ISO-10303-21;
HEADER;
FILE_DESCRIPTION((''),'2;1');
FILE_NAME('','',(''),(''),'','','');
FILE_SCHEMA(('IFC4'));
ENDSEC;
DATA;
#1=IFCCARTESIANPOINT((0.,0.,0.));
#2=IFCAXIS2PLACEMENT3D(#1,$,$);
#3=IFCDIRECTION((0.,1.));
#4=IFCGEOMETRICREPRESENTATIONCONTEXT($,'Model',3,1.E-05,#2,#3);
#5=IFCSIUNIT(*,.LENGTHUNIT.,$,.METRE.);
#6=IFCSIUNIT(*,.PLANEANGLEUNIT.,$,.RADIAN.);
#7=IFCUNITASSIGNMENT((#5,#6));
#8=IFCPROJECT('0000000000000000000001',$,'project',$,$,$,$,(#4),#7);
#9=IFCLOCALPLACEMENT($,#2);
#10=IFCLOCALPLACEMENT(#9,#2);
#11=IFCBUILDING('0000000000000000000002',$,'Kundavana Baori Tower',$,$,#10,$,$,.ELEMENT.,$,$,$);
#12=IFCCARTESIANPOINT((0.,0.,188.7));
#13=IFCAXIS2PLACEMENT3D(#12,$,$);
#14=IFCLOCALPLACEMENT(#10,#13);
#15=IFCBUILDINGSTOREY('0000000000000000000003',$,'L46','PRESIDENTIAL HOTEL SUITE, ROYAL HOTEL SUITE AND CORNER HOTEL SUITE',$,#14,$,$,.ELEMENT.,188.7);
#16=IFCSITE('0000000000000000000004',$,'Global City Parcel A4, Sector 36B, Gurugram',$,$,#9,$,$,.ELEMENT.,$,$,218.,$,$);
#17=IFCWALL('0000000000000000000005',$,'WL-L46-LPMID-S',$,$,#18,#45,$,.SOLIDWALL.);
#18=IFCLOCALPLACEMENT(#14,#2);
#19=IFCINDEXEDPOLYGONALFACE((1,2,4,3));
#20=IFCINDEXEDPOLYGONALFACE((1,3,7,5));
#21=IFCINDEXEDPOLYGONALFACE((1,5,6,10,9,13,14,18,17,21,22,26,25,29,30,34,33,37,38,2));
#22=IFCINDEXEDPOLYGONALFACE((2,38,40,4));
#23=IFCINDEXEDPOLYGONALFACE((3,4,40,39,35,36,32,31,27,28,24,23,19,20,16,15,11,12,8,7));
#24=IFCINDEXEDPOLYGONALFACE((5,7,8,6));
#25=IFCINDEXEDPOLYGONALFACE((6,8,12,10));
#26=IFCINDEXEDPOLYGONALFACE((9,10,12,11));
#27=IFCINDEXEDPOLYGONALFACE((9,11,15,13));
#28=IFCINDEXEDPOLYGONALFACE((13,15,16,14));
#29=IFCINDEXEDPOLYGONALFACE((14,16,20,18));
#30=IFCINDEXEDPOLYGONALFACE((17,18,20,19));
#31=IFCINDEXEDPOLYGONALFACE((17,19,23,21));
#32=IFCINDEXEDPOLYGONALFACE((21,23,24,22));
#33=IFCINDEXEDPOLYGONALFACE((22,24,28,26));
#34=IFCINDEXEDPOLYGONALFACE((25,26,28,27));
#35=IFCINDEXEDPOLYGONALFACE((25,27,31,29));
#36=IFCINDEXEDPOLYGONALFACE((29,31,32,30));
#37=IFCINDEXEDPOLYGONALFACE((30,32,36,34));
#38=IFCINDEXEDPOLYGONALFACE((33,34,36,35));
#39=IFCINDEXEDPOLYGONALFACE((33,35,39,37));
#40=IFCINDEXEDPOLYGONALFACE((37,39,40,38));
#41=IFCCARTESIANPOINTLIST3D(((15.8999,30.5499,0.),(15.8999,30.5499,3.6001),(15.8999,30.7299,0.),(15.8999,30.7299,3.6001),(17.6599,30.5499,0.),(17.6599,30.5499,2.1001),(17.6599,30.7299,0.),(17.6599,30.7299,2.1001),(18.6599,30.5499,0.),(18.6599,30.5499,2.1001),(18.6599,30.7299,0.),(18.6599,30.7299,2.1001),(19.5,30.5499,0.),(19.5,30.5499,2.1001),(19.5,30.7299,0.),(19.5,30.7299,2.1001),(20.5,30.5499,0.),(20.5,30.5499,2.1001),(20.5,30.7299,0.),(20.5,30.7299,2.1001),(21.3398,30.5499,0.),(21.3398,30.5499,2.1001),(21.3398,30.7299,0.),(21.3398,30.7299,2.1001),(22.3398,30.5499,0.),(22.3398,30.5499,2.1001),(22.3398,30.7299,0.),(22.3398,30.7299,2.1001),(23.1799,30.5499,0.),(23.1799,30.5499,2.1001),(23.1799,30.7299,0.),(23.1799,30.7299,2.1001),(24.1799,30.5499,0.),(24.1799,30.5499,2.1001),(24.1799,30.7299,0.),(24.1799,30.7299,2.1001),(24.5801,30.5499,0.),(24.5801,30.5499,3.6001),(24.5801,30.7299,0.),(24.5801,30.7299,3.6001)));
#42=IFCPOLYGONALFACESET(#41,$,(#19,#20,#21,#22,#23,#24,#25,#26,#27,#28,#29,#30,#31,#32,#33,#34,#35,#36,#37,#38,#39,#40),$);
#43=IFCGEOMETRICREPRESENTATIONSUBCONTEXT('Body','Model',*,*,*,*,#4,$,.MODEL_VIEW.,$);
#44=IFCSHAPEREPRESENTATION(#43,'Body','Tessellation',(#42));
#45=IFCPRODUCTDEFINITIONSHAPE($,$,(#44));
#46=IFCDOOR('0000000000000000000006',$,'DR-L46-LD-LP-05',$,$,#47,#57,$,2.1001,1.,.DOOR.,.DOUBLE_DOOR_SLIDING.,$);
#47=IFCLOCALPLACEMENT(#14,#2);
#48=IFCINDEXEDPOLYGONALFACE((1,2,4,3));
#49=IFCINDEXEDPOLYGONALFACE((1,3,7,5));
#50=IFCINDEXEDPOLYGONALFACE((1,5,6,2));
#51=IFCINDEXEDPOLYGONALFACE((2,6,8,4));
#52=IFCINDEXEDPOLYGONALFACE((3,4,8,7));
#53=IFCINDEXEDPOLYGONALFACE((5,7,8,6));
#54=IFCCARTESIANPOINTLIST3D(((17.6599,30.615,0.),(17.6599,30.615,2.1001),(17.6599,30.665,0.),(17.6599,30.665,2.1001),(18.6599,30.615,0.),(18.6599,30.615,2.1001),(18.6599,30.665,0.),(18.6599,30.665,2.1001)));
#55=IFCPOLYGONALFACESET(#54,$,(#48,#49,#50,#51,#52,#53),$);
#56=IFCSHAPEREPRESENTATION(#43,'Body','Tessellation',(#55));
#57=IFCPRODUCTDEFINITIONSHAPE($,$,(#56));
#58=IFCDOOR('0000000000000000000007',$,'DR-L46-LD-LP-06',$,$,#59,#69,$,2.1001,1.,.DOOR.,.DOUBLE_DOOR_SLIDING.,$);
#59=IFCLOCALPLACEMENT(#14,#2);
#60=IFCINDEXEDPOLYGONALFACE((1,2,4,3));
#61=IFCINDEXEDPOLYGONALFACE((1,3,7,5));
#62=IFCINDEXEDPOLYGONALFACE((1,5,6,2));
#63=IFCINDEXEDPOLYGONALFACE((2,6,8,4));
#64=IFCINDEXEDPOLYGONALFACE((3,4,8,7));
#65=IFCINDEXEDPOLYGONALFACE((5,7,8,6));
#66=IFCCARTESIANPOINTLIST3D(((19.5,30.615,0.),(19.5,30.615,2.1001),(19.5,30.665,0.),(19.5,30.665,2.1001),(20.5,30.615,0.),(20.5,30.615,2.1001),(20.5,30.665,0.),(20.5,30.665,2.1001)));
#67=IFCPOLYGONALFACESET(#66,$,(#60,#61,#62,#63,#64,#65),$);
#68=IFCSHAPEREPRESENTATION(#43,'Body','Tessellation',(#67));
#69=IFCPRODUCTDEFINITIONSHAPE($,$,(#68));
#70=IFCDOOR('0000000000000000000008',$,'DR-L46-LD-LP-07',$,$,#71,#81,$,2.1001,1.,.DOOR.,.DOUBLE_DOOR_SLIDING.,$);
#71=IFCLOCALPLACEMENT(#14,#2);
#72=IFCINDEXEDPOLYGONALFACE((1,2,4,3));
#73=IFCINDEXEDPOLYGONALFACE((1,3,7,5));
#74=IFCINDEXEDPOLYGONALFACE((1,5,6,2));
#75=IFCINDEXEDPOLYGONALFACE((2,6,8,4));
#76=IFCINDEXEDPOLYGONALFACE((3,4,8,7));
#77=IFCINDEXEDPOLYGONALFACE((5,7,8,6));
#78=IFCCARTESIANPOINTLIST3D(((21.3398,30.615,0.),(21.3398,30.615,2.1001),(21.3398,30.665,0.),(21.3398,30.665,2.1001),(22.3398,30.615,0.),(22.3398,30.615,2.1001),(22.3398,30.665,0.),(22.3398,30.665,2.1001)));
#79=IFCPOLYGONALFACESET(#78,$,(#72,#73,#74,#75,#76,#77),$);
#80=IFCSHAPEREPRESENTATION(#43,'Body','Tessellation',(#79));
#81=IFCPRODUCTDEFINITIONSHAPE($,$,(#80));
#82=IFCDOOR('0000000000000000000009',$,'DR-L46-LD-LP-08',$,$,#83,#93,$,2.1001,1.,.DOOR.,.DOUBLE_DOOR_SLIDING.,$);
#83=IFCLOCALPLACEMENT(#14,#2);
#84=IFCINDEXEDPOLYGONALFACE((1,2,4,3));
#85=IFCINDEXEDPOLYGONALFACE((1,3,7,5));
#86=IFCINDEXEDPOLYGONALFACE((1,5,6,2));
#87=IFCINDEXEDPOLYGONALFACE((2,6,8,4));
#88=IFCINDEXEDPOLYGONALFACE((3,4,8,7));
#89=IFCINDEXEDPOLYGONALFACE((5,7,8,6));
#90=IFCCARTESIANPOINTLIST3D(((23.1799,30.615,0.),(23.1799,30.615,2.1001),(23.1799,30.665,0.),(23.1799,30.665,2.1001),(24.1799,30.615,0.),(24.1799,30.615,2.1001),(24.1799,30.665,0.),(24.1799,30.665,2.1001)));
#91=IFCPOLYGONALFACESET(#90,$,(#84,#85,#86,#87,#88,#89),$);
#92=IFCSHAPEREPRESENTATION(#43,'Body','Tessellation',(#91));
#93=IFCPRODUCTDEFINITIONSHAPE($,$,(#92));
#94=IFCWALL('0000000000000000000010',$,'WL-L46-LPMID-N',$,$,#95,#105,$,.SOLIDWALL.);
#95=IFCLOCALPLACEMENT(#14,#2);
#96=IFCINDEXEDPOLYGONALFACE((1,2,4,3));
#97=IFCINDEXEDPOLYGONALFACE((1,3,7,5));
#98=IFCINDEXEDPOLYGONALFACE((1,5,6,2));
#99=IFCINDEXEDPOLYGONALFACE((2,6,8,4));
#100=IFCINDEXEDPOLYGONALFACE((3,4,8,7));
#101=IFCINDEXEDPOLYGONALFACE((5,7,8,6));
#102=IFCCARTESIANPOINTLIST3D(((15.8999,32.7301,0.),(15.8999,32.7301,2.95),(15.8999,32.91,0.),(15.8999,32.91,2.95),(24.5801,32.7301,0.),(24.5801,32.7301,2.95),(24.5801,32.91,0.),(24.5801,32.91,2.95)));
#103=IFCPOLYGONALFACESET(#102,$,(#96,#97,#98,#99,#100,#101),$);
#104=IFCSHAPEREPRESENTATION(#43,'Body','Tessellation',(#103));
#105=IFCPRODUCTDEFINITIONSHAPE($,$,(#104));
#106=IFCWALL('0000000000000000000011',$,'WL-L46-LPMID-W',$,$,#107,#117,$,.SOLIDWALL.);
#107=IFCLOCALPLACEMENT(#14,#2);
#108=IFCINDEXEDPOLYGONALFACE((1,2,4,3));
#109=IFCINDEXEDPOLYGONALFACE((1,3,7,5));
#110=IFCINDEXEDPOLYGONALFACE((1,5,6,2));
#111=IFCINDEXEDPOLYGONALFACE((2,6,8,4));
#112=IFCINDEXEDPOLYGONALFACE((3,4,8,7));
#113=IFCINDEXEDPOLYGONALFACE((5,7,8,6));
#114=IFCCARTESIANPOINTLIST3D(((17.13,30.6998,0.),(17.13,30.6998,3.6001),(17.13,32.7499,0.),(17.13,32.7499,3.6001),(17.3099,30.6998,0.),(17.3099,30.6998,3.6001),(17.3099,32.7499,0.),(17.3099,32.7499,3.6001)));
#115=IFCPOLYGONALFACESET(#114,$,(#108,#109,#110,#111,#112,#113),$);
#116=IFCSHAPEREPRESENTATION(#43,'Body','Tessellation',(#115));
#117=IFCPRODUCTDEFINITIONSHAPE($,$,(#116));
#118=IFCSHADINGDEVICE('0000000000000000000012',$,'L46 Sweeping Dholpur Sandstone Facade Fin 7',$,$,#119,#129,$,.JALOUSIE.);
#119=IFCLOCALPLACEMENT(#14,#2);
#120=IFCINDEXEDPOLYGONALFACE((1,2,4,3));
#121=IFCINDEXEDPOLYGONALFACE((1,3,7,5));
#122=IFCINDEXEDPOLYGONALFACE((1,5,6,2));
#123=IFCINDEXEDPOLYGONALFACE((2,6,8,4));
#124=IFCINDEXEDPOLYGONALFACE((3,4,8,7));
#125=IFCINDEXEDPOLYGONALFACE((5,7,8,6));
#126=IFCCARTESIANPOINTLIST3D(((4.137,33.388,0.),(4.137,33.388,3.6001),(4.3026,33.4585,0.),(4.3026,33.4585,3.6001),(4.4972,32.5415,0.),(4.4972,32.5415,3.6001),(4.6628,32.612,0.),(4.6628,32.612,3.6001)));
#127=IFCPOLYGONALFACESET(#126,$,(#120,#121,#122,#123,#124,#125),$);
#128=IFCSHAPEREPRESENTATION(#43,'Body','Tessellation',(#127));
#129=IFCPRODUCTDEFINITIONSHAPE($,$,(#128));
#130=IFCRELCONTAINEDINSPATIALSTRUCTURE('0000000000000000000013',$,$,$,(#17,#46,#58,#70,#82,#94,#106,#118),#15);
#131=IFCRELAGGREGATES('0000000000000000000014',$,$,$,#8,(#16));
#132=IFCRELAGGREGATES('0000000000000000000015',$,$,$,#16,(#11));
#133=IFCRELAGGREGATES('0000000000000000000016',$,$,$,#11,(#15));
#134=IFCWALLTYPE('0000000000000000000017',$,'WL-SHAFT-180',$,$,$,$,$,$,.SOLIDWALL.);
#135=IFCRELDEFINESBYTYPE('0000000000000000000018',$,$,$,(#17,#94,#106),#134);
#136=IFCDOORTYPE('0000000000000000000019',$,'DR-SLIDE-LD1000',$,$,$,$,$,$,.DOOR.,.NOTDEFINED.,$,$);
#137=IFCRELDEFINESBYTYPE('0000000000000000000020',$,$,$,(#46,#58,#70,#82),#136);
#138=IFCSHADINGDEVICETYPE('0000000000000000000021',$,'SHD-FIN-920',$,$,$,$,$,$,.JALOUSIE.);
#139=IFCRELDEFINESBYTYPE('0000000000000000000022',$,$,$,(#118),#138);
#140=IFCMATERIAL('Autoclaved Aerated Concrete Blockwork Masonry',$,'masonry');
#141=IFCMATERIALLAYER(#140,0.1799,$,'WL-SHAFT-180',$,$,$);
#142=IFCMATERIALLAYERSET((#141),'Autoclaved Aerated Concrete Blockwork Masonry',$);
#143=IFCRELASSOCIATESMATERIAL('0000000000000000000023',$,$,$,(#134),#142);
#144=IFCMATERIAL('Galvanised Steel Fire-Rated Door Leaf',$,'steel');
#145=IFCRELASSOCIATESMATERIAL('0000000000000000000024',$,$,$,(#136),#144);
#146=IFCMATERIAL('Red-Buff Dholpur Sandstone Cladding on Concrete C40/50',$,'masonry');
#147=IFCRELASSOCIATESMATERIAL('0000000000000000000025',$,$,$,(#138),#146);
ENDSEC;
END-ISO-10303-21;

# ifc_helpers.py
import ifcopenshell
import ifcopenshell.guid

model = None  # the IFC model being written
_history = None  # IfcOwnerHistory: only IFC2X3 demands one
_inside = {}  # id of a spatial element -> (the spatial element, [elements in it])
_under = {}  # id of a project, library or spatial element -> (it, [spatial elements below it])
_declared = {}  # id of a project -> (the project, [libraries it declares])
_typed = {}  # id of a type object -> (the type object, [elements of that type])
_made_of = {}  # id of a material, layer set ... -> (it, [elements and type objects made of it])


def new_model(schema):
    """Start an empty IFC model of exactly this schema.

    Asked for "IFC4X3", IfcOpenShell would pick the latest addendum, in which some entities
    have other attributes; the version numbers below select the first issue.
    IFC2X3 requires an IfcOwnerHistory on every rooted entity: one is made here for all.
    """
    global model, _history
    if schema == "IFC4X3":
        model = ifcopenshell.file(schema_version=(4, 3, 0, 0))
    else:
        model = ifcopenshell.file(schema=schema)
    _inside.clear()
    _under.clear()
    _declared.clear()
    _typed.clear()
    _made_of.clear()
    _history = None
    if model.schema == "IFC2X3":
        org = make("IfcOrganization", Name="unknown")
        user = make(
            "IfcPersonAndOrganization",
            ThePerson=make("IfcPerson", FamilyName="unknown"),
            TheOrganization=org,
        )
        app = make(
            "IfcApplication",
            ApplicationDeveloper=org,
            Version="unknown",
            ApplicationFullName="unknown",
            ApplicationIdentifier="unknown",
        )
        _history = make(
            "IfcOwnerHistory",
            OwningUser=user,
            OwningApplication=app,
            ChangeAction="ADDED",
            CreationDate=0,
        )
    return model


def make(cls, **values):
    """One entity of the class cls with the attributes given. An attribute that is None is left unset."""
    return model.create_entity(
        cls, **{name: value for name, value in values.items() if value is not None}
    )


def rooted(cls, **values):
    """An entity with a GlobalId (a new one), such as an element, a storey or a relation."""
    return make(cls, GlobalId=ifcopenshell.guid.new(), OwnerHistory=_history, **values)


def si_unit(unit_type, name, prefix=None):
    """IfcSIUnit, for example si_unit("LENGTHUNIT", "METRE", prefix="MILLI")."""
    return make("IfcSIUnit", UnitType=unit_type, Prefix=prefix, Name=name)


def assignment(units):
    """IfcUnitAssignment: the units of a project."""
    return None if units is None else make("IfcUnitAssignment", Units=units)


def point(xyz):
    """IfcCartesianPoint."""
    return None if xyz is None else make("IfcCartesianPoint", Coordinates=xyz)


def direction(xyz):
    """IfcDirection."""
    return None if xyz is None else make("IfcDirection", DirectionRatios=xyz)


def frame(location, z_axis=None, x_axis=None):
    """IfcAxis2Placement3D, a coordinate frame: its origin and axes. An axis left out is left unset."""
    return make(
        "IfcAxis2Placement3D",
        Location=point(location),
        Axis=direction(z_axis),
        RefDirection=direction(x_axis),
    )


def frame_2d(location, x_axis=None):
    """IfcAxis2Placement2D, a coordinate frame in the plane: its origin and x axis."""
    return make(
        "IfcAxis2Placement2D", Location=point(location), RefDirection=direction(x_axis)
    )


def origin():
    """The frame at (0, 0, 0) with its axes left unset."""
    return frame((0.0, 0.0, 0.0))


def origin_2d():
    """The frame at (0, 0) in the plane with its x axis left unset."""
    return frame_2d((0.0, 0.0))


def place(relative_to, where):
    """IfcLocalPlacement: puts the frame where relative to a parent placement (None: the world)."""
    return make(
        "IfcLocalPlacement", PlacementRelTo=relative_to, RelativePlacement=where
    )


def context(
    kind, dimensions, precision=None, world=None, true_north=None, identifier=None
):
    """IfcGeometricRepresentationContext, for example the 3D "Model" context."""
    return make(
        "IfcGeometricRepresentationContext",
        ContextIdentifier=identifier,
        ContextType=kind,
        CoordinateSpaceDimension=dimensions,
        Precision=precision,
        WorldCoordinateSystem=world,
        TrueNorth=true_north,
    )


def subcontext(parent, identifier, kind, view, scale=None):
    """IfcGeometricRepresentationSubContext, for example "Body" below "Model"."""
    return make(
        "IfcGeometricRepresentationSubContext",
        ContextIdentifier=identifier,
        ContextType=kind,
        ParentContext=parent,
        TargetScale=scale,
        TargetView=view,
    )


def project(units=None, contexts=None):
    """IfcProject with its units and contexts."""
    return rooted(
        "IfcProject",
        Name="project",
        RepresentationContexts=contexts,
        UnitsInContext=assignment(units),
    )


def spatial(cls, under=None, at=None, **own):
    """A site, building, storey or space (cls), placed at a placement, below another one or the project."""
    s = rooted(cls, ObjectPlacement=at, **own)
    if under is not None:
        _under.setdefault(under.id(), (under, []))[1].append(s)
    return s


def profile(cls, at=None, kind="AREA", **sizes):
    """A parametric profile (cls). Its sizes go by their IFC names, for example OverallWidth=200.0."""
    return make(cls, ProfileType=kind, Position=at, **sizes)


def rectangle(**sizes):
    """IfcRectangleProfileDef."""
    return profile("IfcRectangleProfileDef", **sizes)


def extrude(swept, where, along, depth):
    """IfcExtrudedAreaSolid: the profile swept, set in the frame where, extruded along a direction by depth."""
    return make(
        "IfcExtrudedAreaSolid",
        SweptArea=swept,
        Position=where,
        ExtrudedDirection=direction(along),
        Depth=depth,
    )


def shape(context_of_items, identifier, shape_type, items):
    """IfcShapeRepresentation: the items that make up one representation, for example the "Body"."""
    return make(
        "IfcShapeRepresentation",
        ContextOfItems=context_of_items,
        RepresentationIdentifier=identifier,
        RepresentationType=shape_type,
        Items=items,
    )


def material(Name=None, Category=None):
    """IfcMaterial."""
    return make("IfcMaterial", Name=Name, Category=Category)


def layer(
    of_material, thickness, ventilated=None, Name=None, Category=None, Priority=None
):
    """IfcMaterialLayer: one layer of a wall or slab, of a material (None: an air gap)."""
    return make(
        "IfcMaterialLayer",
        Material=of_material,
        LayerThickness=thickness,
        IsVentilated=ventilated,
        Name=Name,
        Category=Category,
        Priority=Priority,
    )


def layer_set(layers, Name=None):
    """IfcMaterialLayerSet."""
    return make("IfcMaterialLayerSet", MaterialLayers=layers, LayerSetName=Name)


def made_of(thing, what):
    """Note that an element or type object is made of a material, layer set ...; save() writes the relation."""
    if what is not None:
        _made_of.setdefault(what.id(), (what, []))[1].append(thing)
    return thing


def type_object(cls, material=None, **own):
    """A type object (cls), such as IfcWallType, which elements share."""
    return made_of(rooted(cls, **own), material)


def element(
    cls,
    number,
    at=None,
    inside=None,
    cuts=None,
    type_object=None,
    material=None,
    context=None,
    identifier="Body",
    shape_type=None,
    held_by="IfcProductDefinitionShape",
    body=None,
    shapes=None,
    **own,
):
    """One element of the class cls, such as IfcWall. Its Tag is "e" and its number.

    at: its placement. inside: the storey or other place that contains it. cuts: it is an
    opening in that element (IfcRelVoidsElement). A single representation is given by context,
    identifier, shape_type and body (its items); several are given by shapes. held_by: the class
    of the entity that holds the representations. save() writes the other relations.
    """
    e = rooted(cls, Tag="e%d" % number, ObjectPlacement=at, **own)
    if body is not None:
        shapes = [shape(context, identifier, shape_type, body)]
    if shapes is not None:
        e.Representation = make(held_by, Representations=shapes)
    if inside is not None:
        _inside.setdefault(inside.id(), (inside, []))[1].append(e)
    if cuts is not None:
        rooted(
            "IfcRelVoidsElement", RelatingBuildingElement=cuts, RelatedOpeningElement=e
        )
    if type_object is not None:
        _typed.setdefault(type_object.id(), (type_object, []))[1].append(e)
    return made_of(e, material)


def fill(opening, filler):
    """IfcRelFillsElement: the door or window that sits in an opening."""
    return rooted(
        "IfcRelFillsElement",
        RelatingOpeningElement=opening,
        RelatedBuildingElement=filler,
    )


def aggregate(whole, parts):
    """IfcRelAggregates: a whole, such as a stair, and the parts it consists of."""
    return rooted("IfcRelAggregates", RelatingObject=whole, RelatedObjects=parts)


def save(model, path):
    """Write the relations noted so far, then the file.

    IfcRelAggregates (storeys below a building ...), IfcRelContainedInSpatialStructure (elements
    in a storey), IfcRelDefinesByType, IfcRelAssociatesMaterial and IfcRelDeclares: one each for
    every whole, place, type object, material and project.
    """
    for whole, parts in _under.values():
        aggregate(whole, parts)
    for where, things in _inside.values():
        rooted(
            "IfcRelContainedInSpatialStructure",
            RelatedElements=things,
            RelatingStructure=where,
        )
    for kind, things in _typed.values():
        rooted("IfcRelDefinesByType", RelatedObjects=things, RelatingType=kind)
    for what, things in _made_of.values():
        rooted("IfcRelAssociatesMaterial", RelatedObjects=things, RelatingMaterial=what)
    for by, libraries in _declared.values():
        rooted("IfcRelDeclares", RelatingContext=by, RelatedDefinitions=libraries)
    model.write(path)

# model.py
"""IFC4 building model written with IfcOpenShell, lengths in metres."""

from ifc_helpers import new_model, si_unit, direction, frame, frame_2d, origin, origin_2d, place, context, subcontext, project, spatial, rectangle, extrude, material, layer, layer_set, type_object, element, fill, save


model = new_model("IFC4")

# Units and contexts
model_context = context("Model", 3, precision=1e-05, world=origin(), true_north=direction((0.0, 1.0)))
body_context = subcontext(model_context, "Body", "Model", "MODEL_VIEW")
ifc_project = project(units=[si_unit("LENGTHUNIT", "METRE"), si_unit("PLANEANGLEUNIT", "RADIAN")], contexts=[model_context])

# Site, building, storey
site_placement = place(None, origin())
site = spatial("IfcSite", under=ifc_project, at=site_placement, Name="Global City Parcel A4, Sector 36B, Gurugram", CompositionType="ELEMENT", RefElevation=218.0)
building_placement = place(site_placement, origin())
building = spatial("IfcBuilding", under=site, at=building_placement, Name="Kundavana Baori Tower", CompositionType="ELEMENT")
storey_placement = place(building_placement, frame((0.0, 0.0, 188.7)))
storey = spatial("IfcBuildingStorey", under=building, at=storey_placement, Name="L46", Description="PRESIDENTIAL HOTEL SUITE, ROYAL HOTEL SUITE AND CORNER HOTEL SUITE", CompositionType="ELEMENT", Elevation=188.7)

# Shared definitions
ifc_material_1 = material(Name="Autoclaved Aerated Concrete Blockwork Masonry", Category="masonry")
ifc_layer_1 = layer(ifc_material_1, 0.1799, Name="WL-SHAFT-180")
ifc_layer_set_1 = layer_set([ifc_layer_1], Name="Autoclaved Aerated Concrete Blockwork Masonry")
wall_type_1 = type_object("IfcWallType", Name="WL-SHAFT-180", PredefinedType="SOLIDWALL", material=ifc_layer_set_1)

# Wall, openings, doors
wall_1_placement = place(storey_placement, frame((15.8999, 30.6399, 0.0), z_axis=(0.0, 0.0, 1.0), x_axis=(1.0, 0.0, 0.0)))
wall_1 = element("IfcWall", 1, at=wall_1_placement, inside=storey, type_object=wall_type_1, Name="WL-L46-LPMID-S", PredefinedType="SOLIDWALL", context=body_context, shape_type="SweptSolid", body=[
    extrude(rectangle(XDim=8.6802, YDim=0.1799, at=frame_2d((4.3401, 0.0))), origin(), (0.0, 0.0, 1.0), 3.6001),
])
opening_1_placement = place(wall_1_placement, frame((1.76, 0.0, 0.0)))
opening_1 = element("IfcOpeningElement", 2, at=opening_1_placement, cuts=wall_1, PredefinedType="OPENING", context=body_context, shape_type="SweptSolid", body=[
    extrude(rectangle(XDim=1.0, YDim=2.1001, at=frame_2d((0.5, 1.05))), frame((0.0, 0.1001, 0.0), z_axis=(0.0, -1.0, 0.0), x_axis=(1.0, 0.0, 0.0)), (0.0, 0.0, 1.0), 0.2),
])
opening_2_placement = place(wall_1_placement, frame((3.6001, 0.0, 0.0)))
opening_2 = element("IfcOpeningElement", 3, at=opening_2_placement, cuts=wall_1, PredefinedType="OPENING", context=body_context, shape_type="SweptSolid", body=[
    extrude(rectangle(XDim=1.0, YDim=2.1001, at=frame_2d((0.5, 1.05))), frame((0.0, 0.1001, 0.0), z_axis=(0.0, -1.0, 0.0), x_axis=(1.0, 0.0, 0.0)), (0.0, 0.0, 1.0), 0.2),
])
opening_3_placement = place(wall_1_placement, frame((5.4399, 0.0, 0.0)))
opening_3 = element("IfcOpeningElement", 4, at=opening_3_placement, cuts=wall_1, PredefinedType="OPENING", context=body_context, shape_type="SweptSolid", body=[
    extrude(rectangle(XDim=1.0, YDim=2.1001, at=frame_2d((0.5, 1.05))), frame((0.0, 0.1001, 0.0), z_axis=(0.0, -1.0, 0.0), x_axis=(1.0, 0.0, 0.0)), (0.0, 0.0, 1.0), 0.2),
])
opening_4_placement = place(wall_1_placement, frame((7.28, 0.0, 0.0)))
opening_4 = element("IfcOpeningElement", 5, at=opening_4_placement, cuts=wall_1, PredefinedType="OPENING", context=body_context, shape_type="SweptSolid", body=[
    extrude(rectangle(XDim=1.0, YDim=2.1001, at=frame_2d((0.5, 1.05))), frame((0.0, 0.1001, 0.0), z_axis=(0.0, -1.0, 0.0), x_axis=(1.0, 0.0, 0.0)), (0.0, 0.0, 1.0), 0.2),
])
ifc_material_2 = material(Name="Galvanised Steel Fire-Rated Door Leaf", Category="steel")
door_type_1 = type_object("IfcDoorType", Name="DR-SLIDE-LD1000", OperationType="NOTDEFINED", PredefinedType="DOOR", material=ifc_material_2)
door_1_placement = place(opening_1_placement, frame((1.0, 0.0, 0.0), z_axis=(0.0, 0.0, 1.0), x_axis=(-1.0, 0.0, 0.0)))
door_1 = element("IfcDoor", 6, at=door_1_placement, inside=storey, type_object=door_type_1, Name="DR-L46-LD-LP-05", OperationType="DOUBLE_DOOR_SLIDING", OverallHeight=2.1001, OverallWidth=1.0, PredefinedType="DOOR", context=body_context, shape_type="SweptSolid", body=[
    extrude(rectangle(XDim=1.0, YDim=2.1001, at=frame_2d((0.5, 1.05))), frame((0.0, 0.0249, 0.0), z_axis=(0.0, -1.0, 0.0), x_axis=(1.0, 0.0, 0.0)), (0.0, 0.0, 1.0), 0.05),
])
fill(opening_1, door_1)
door_2_placement = place(opening_2_placement, frame((1.0, 0.0, 0.0), z_axis=(0.0, 0.0, 1.0), x_axis=(-1.0, 0.0, 0.0)))
door_2 = element("IfcDoor", 7, at=door_2_placement, inside=storey, type_object=door_type_1, Name="DR-L46-LD-LP-06", OperationType="DOUBLE_DOOR_SLIDING", OverallHeight=2.1001, OverallWidth=1.0, PredefinedType="DOOR", context=body_context, shape_type="SweptSolid", body=[
    extrude(rectangle(XDim=1.0, YDim=2.1001, at=frame_2d((0.5, 1.05))), frame((0.0, 0.0249, 0.0), z_axis=(0.0, -1.0, 0.0), x_axis=(1.0, 0.0, 0.0)), (0.0, 0.0, 1.0), 0.05),
])
fill(opening_2, door_2)
door_3_placement = place(opening_3_placement, frame((1.0, 0.0, 0.0), z_axis=(0.0, 0.0, 1.0), x_axis=(-1.0, 0.0, 0.0)))
door_3 = element("IfcDoor", 8, at=door_3_placement, inside=storey, type_object=door_type_1, Name="DR-L46-LD-LP-07", OperationType="DOUBLE_DOOR_SLIDING", OverallHeight=2.1001, OverallWidth=1.0, PredefinedType="DOOR", context=body_context, shape_type="SweptSolid", body=[
    extrude(rectangle(XDim=1.0, YDim=2.1001, at=frame_2d((0.5, 1.05))), frame((0.0, 0.0249, 0.0), z_axis=(0.0, -1.0, 0.0), x_axis=(1.0, 0.0, 0.0)), (0.0, 0.0, 1.0), 0.05),
])
fill(opening_3, door_3)
door_4_placement = place(opening_4_placement, frame((1.0, 0.0, 0.0), z_axis=(0.0, 0.0, 1.0), x_axis=(-1.0, 0.0, 0.0)))
door_4 = element("IfcDoor", 9, at=door_4_placement, inside=storey, type_object=door_type_1, Name="DR-L46-LD-LP-08", OperationType="DOUBLE_DOOR_SLIDING", OverallHeight=2.1001, OverallWidth=1.0, PredefinedType="DOOR", context=body_context, shape_type="SweptSolid", body=[
    extrude(rectangle(XDim=1.0, YDim=2.1001, at=frame_2d((0.5, 1.05))), frame((0.0, 0.0249, 0.0), z_axis=(0.0, -1.0, 0.0), x_axis=(1.0, 0.0, 0.0)), (0.0, 0.0, 1.0), 0.05),
])
fill(opening_4, door_4)

# Walls
wall_2_placement = place(storey_placement, frame((15.8999, 32.8201, 0.0), z_axis=(0.0, 0.0, 1.0), x_axis=(1.0, 0.0, 0.0)))
element("IfcWall", 10, at=wall_2_placement, inside=storey, type_object=wall_type_1, Name="WL-L46-LPMID-N", PredefinedType="SOLIDWALL", context=body_context, shape_type="SweptSolid", body=[
    extrude(rectangle(XDim=8.6802, YDim=0.1799, at=frame_2d((4.3401, 0.0))), origin(), (0.0, 0.0, 1.0), 2.95),
])
wall_3_placement = place(storey_placement, frame((17.22, 30.7, 0.0), z_axis=(0.0, 0.0, 1.0), x_axis=(0.0, 1.0, 0.0)))
element("IfcWall", 11, at=wall_3_placement, inside=storey, type_object=wall_type_1, Name="WL-L46-LPMID-W", PredefinedType="SOLIDWALL", context=body_context, shape_type="SweptSolid", body=[
    extrude(rectangle(XDim=2.05, YDim=0.1799, at=frame_2d((1.0249, 0.0))), origin(), (0.0, 0.0, 1.0), 3.6001),
])

# Shading device
ifc_material_3 = material(Name="Red-Buff Dholpur Sandstone Cladding on Concrete C40/50", Category="masonry")
shading_device_type = type_object("IfcShadingDeviceType", Name="SHD-FIN-920", PredefinedType="JALOUSIE", material=ifc_material_3)
shading_device_placement = place(storey_placement, frame((4.3999, 33.0, 0.0), z_axis=(0.0, 0.0, 1.0), x_axis=(0.920164, 0.391534, 0.0)))
element("IfcShadingDevice", 12, at=shading_device_placement, inside=storey, type_object=shading_device_type, Name="L46 Sweeping Dholpur Sandstone Facade Fin 7", PredefinedType="JALOUSIE", context=body_context, shape_type="SweptSolid", body=[
    extrude(rectangle(XDim=0.1799, YDim=0.9199, at=origin_2d()), origin(), (0.0, 0.0, 1.0), 3.6001),
])

save(model, "model.ifc")
